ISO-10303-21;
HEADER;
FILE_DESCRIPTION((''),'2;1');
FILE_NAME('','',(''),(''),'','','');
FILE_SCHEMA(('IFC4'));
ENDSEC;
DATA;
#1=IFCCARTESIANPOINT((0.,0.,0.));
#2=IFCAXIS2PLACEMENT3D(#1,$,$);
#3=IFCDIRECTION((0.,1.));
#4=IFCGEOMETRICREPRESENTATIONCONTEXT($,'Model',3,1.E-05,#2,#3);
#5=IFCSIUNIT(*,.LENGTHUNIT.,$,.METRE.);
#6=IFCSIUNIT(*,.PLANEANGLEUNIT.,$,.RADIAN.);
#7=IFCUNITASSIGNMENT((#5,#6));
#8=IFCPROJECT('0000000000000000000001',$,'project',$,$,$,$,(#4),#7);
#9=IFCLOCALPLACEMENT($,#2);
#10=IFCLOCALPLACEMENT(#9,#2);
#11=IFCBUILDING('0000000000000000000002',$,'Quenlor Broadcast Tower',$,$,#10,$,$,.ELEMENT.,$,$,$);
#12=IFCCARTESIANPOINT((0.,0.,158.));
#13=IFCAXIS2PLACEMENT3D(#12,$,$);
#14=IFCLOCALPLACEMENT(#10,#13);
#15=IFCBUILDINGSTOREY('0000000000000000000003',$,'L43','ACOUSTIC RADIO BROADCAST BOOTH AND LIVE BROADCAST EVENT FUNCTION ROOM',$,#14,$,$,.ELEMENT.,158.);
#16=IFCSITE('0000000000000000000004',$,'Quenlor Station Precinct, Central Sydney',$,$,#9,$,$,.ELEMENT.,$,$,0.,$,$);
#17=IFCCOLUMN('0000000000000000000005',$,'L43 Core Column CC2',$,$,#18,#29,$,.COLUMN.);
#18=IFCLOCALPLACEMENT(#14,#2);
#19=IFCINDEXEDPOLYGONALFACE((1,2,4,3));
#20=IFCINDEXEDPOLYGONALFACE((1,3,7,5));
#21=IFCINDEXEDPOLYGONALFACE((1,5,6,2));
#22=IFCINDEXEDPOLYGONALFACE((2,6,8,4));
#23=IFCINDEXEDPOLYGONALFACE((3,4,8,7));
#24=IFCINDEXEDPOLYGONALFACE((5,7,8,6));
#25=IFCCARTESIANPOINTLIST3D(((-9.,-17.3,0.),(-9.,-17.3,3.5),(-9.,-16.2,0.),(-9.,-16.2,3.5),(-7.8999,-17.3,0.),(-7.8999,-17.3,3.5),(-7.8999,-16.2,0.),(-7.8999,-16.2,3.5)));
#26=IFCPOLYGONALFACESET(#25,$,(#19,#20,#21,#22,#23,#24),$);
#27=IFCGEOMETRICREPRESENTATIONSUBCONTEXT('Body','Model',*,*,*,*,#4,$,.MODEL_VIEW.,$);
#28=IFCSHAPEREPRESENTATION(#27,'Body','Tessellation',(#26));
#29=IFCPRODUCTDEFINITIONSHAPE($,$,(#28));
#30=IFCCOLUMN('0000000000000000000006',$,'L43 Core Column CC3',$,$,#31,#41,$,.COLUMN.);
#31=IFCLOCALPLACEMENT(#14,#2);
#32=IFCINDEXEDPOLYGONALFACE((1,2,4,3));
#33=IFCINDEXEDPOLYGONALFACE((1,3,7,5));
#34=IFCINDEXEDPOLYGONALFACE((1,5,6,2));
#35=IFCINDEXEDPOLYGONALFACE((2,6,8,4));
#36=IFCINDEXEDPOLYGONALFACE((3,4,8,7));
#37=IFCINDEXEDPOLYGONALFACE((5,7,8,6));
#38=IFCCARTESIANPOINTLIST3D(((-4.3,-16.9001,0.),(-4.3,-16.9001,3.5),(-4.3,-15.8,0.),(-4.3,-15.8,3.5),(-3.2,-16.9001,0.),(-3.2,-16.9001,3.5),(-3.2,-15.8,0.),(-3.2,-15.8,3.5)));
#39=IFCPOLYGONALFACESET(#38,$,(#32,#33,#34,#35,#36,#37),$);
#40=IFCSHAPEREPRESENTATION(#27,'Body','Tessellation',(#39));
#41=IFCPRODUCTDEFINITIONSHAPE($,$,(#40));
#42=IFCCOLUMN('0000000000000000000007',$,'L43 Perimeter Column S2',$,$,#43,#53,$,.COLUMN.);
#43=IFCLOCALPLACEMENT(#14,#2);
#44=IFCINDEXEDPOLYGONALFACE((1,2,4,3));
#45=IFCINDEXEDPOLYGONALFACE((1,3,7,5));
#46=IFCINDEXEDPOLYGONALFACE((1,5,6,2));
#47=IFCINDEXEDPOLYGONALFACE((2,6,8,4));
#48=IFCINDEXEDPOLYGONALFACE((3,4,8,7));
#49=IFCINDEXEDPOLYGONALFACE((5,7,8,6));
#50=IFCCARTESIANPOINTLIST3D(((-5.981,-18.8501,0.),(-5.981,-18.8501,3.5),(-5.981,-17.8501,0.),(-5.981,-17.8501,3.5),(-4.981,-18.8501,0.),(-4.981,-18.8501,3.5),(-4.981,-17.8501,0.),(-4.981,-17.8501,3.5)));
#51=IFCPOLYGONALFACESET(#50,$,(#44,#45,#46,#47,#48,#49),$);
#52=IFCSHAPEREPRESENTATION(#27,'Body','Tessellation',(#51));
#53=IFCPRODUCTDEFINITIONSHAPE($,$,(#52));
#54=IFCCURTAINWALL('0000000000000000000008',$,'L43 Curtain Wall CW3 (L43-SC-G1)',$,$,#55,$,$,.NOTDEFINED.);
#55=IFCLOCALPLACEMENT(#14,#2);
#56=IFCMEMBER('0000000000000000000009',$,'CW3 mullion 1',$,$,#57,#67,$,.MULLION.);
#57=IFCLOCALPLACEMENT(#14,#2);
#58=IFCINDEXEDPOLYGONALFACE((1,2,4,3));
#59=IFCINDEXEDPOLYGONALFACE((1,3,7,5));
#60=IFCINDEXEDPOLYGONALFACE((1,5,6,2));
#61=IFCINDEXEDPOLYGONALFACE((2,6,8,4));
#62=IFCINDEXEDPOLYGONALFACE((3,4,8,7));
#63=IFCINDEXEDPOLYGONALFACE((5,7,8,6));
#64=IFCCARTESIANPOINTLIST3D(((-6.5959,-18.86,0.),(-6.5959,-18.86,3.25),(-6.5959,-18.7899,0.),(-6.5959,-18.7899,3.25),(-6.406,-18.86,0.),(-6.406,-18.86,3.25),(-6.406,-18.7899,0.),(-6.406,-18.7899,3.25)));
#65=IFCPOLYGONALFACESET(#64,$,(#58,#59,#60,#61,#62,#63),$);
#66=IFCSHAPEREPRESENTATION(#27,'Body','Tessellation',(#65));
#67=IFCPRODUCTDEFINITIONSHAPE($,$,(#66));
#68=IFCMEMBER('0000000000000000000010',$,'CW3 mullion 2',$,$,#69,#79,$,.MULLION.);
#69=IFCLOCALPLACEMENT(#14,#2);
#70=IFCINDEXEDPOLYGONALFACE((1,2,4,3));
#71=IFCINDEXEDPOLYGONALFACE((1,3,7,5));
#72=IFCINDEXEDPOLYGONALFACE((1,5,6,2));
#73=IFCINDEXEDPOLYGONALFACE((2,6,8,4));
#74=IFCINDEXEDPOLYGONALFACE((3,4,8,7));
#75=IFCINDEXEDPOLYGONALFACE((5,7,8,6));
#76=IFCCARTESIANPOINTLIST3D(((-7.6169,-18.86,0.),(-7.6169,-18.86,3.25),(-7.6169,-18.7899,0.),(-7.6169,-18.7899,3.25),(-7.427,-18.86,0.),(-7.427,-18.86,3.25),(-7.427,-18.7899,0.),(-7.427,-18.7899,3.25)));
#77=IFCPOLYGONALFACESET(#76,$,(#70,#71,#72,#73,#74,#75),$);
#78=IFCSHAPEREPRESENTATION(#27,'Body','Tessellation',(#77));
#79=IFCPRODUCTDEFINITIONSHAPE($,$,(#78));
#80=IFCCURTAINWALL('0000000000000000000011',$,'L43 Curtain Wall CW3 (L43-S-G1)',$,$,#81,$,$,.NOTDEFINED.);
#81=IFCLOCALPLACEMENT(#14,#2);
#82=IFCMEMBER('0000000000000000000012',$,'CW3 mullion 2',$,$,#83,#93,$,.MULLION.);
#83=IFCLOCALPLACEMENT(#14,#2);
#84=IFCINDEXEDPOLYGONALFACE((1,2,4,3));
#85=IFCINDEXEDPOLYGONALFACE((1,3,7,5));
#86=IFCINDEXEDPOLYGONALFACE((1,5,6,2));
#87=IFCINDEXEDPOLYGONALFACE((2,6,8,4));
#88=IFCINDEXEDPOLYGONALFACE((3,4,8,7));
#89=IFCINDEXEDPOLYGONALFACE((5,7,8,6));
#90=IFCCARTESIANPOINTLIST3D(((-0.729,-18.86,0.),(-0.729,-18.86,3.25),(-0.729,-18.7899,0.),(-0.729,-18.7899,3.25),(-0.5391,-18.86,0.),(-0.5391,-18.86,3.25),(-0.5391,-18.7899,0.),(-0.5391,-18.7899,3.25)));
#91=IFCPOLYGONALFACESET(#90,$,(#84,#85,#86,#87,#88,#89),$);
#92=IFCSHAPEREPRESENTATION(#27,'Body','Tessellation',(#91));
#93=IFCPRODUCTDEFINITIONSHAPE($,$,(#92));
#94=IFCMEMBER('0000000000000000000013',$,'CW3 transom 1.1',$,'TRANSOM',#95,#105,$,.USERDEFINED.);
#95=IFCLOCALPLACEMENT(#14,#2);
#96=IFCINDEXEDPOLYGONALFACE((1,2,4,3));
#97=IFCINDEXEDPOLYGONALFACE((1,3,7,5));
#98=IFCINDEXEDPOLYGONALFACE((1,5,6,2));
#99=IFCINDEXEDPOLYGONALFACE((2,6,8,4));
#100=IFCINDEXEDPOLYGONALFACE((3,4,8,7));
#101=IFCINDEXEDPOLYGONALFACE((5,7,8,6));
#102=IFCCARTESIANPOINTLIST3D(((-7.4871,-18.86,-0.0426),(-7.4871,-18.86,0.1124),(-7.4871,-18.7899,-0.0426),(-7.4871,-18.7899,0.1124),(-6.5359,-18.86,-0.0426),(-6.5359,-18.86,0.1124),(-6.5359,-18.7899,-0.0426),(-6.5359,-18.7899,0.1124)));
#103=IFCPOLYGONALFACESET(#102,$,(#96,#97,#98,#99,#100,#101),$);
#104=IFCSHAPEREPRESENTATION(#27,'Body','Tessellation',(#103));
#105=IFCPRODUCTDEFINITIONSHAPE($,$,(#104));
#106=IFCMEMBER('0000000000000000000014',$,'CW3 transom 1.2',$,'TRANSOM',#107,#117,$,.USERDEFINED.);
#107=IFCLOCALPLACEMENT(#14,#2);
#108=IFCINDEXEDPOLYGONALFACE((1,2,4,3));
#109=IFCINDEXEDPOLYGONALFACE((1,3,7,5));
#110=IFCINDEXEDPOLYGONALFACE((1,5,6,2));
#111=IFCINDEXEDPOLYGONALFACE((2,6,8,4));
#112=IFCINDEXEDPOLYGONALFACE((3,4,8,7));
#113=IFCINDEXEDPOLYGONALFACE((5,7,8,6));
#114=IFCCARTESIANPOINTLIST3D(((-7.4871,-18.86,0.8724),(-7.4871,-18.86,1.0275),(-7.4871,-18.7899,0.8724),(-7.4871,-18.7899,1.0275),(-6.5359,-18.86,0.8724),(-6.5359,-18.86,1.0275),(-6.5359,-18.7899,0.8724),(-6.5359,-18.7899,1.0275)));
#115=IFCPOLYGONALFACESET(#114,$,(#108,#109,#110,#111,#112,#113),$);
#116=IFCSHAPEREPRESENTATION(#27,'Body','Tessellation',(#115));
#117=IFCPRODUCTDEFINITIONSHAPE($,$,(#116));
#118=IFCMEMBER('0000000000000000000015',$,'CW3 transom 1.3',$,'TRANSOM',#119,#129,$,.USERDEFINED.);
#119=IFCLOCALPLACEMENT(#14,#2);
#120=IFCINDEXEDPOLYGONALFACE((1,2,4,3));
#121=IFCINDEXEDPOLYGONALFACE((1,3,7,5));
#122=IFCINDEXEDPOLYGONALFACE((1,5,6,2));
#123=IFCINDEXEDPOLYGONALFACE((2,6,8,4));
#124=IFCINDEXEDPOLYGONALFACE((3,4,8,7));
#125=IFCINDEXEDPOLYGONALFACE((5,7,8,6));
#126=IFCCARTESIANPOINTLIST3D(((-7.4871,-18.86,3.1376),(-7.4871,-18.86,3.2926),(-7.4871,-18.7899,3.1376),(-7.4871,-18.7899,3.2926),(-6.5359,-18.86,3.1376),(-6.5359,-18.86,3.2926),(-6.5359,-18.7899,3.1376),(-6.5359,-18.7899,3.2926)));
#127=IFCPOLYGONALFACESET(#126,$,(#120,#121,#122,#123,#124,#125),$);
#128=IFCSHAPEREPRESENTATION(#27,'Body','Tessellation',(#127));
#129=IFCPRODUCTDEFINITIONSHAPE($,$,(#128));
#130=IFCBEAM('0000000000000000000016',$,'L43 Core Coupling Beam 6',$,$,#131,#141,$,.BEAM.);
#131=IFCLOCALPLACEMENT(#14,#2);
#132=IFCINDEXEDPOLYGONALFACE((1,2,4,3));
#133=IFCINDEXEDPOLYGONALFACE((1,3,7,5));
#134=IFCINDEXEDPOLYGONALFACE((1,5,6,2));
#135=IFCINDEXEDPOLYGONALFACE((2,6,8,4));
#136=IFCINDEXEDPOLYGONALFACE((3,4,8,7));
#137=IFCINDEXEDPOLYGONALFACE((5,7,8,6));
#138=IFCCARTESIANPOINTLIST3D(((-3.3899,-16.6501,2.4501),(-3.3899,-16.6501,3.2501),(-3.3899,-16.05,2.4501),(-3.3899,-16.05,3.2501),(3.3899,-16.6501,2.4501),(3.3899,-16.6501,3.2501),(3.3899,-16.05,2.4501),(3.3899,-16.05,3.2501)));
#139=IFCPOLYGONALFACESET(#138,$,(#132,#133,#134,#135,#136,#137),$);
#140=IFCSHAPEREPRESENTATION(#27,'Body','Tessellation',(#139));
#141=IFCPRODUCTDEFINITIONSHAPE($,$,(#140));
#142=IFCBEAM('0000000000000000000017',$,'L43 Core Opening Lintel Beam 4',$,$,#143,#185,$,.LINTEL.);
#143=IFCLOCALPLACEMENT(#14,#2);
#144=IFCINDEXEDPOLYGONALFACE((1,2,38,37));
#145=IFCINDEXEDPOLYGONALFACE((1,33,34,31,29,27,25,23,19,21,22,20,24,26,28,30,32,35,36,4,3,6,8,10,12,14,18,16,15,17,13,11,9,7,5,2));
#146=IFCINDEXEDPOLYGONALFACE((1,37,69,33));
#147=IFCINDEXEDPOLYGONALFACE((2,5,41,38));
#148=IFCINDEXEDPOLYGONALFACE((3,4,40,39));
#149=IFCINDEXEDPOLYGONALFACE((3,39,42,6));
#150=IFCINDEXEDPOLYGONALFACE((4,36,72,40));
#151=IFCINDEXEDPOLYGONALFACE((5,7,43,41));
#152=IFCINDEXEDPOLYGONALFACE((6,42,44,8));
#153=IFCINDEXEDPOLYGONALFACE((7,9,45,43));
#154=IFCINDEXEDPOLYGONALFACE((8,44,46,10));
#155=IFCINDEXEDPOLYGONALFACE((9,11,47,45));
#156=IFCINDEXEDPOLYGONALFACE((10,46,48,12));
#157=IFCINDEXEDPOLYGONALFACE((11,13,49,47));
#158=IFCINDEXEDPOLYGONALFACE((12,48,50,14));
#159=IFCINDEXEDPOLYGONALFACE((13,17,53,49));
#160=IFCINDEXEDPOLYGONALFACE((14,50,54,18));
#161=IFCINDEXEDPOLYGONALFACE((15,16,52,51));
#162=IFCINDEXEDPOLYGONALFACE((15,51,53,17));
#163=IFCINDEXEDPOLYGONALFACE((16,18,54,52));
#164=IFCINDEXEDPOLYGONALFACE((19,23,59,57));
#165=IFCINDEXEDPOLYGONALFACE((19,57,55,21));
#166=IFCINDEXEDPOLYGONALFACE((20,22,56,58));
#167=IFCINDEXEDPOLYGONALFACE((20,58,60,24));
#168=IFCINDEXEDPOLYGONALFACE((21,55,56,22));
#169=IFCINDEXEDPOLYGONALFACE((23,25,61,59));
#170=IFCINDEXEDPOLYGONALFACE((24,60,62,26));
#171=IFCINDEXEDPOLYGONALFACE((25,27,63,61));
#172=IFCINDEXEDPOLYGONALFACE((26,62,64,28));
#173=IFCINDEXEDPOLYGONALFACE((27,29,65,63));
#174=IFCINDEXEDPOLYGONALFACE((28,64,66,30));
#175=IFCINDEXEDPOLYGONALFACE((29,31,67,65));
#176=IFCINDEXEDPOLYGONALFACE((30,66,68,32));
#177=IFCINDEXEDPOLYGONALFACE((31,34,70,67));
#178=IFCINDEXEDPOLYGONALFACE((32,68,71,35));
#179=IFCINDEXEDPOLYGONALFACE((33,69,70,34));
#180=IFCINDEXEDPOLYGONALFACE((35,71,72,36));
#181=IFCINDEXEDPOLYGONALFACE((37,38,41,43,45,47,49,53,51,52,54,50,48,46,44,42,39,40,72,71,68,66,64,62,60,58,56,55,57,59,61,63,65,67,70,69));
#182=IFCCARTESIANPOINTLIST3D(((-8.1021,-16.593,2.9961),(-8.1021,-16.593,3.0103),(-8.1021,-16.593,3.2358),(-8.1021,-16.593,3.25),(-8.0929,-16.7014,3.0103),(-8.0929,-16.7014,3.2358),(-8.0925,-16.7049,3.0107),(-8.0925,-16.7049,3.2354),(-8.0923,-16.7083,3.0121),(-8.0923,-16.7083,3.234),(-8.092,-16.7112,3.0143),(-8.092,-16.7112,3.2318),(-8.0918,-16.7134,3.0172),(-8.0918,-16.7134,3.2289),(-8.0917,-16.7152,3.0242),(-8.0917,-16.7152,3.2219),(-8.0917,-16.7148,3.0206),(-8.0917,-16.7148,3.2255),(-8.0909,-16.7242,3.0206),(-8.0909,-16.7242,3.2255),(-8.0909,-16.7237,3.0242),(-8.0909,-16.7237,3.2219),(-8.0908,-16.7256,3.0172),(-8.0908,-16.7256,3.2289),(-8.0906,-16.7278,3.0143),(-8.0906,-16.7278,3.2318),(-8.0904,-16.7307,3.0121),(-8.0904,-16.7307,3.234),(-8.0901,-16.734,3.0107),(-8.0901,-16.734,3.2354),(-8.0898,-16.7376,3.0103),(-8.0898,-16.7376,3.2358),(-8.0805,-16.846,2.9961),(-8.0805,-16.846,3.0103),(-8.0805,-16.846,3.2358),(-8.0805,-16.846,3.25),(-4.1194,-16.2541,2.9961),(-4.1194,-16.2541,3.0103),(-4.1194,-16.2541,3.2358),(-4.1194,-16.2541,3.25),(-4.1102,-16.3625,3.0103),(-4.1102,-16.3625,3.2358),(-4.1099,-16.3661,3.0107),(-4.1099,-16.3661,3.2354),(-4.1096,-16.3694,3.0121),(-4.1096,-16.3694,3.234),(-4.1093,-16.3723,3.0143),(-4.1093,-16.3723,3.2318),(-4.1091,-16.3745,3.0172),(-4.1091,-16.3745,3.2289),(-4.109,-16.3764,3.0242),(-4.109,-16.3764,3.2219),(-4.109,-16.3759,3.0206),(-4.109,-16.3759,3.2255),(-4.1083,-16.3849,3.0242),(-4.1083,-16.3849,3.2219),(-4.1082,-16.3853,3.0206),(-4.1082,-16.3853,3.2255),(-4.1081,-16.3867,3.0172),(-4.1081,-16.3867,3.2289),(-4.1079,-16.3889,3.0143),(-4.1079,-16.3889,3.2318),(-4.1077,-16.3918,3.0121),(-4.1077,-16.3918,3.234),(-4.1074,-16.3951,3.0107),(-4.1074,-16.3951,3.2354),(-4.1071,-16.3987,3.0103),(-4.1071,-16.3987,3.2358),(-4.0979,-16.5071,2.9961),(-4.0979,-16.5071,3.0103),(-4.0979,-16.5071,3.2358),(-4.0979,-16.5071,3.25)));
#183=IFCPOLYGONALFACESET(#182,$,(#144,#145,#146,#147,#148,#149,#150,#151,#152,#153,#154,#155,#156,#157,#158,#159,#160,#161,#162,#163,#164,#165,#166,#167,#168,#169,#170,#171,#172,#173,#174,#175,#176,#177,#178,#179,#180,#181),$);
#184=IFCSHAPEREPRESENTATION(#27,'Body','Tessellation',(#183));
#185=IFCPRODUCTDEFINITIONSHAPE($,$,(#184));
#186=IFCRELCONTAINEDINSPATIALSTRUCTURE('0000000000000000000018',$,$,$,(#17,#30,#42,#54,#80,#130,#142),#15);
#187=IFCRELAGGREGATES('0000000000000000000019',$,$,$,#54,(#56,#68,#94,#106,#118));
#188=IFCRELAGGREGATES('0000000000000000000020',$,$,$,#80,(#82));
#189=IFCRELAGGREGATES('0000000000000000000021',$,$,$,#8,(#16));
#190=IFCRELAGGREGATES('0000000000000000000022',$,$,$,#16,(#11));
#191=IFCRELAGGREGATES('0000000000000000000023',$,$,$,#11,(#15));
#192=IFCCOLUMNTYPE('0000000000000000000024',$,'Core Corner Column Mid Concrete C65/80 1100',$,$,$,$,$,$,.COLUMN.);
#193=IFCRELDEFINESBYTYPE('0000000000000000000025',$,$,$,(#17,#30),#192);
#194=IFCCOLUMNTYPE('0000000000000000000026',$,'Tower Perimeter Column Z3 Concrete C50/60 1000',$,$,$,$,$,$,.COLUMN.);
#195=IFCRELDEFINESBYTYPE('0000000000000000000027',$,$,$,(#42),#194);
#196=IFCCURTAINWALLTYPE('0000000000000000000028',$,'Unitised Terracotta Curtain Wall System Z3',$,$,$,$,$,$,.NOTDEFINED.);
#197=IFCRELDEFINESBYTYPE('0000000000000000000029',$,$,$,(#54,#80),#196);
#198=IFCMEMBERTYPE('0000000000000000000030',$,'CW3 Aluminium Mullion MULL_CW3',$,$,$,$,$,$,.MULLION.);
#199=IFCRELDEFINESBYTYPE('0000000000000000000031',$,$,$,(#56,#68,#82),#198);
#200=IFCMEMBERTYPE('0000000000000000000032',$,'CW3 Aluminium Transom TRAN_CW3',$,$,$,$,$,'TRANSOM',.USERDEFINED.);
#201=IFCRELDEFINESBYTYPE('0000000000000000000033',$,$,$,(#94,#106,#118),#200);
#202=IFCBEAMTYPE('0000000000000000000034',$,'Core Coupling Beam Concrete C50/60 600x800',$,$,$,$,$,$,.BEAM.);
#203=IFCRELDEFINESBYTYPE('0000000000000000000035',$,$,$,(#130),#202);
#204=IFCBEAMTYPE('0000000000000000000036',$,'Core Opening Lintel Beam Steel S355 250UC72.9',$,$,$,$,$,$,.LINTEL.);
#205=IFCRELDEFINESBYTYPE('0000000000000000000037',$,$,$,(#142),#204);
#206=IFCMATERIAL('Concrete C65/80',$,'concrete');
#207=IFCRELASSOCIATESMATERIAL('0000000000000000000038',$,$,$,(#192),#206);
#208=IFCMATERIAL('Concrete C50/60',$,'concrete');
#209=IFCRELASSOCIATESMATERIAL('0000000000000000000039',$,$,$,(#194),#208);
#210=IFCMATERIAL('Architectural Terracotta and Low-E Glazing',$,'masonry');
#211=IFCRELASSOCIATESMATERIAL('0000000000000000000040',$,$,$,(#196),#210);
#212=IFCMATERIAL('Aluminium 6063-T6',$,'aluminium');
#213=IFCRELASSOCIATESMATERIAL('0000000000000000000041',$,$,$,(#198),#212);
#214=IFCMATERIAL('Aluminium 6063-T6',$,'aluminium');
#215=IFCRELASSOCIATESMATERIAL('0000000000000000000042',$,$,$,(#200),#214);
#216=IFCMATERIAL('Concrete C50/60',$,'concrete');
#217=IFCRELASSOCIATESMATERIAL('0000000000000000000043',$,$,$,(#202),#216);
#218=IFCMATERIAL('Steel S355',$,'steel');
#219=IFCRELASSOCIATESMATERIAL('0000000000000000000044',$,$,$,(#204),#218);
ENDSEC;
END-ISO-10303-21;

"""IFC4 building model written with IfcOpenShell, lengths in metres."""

from ifc_helpers import new_model, si_unit, direction, frame, origin, origin_2d, place, context, subcontext, project, spatial, rectangle, i_section, extrude, material, material_profile, profile_set, type_object, element, aggregate, save


model = new_model("IFC4")

# Units and contexts
model_context = context("Model", 3, precision=1e-05, world=origin(), true_north=direction((0.0, 1.0)))
body_context = subcontext(model_context, "Body", "Model", "MODEL_VIEW")
ifc_project = project(units=[si_unit("LENGTHUNIT", "METRE"), si_unit("PLANEANGLEUNIT", "RADIAN")], contexts=[model_context])

# Site, building, storey
site_placement = place(None, origin())
site = spatial("IfcSite", under=ifc_project, at=site_placement, Name="Quenlor Station Precinct, Central Sydney", CompositionType="ELEMENT", RefElevation=0.0)
building_placement = place(site_placement, origin())
building = spatial("IfcBuilding", under=site, at=building_placement, Name="Quenlor Broadcast Tower", CompositionType="ELEMENT")
storey_placement = place(building_placement, frame((0.0, 0.0, 158.0)))
storey = spatial("IfcBuildingStorey", under=building, at=storey_placement, Name="L43", Description="ACOUSTIC RADIO BROADCAST BOOTH AND LIVE BROADCAST EVENT FUNCTION ROOM", CompositionType="ELEMENT", Elevation=158.0)

# Columns
ifc_material_1 = material(Name="Concrete C65/80", Category="concrete")
ifc_material_profile_1 = material_profile(ifc_material_1, rectangle(XDim=1.1001, YDim=1.1001, at=origin_2d()))
ifc_profile_set_1 = profile_set([ifc_material_profile_1], Name="Concrete C65/80 RC1100x1100")
column_type_1 = type_object("IfcColumnType", Name="Core Corner Column Mid Concrete C65/80 1100", PredefinedType="COLUMN", material=ifc_profile_set_1)
for number, where, z_axis, x_axis, name in (
    (1, (-8.45, -16.75, 0.0), (0.0, 0.0, 1.0), (1.0, 0.0, 0.0), "L43 Core Column CC2"),
    (2, (-3.75, -16.3501, 0.0), (0.0, 0.0, 1.0), (1.0, 0.0, 0.0), "L43 Core Column CC3"),
):
    element("IfcColumn", number, at=place(storey_placement, frame(where, z_axis=z_axis, x_axis=x_axis)), inside=storey, type_object=column_type_1, Name=name, PredefinedType="COLUMN", context=body_context, shape_type="SweptSolid", body=[
        extrude(rectangle(XDim=1.1001, YDim=1.1001, at=origin_2d()), origin(), (0.0, 0.0, 1.0), 3.5),
    ])
ifc_material_2 = material(Name="Concrete C50/60", Category="concrete")
ifc_material_profile_2 = material_profile(ifc_material_2, rectangle(XDim=1.0, YDim=1.0, at=origin_2d()))
ifc_profile_set_2 = profile_set([ifc_material_profile_2], Name="Concrete C50/60 RC1000x1000")
column_type_2 = type_object("IfcColumnType", Name="Tower Perimeter Column Z3 Concrete C50/60 1000", PredefinedType="COLUMN", material=ifc_profile_set_2)
column_placement = place(storey_placement, frame((-5.481, -18.3501, 0.0), z_axis=(0.0, 0.0, 1.0), x_axis=(0.0, 1.0, 0.0)))
element("IfcColumn", 3, at=column_placement, inside=storey, type_object=column_type_2, Name="L43 Perimeter Column S2", PredefinedType="COLUMN", context=body_context, shape_type="SweptSolid", body=[
    extrude(rectangle(XDim=1.0, YDim=1.0, at=origin_2d()), origin(), (0.0, 0.0, 1.0), 3.5),
])

# Curtain wall, members
ifc_material_3 = material(Name="Architectural Terracotta and Low-E Glazing", Category="masonry")
curtain_wall_type = type_object("IfcCurtainWallType", Name="Unitised Terracotta Curtain Wall System Z3", PredefinedType="NOTDEFINED", material=ifc_material_3)
curtain_wall_1_placement = place(storey_placement, origin())
curtain_wall_1 = element("IfcCurtainWall", 4, at=curtain_wall_1_placement, inside=storey, type_object=curtain_wall_type, Name="L43 Curtain Wall CW3 (L43-SC-G1)", PredefinedType="NOTDEFINED")
ifc_material_4 = material(Name="Aluminium 6063-T6", Category="aluminium")
ifc_material_profile_3 = material_profile(ifc_material_4, rectangle(XDim=0.0701, YDim=0.1899, at=origin_2d()))
ifc_profile_set_3 = profile_set([ifc_material_profile_3], Name="Aluminium 6063-T6 MULL70x190")
member_type_1 = type_object("IfcMemberType", Name="CW3 Aluminium Mullion MULL_CW3", PredefinedType="MULLION", material=ifc_profile_set_3)
member_1_placement = place(storey_placement, frame((-6.501, -18.825, 0.0), z_axis=(0.0, 0.0, 1.0), x_axis=(0.0, -1.0, 0.0)))
member_1 = element("IfcMember", 5, at=member_1_placement, type_object=member_type_1, Name="CW3 mullion 1", PredefinedType="MULLION", context=body_context, shape_type="SweptSolid", body=[
    extrude(rectangle(XDim=0.0701, YDim=0.1899, at=origin_2d()), origin(), (0.0, 0.0, 1.0), 3.25),
])
member_2_placement = place(storey_placement, frame((-7.522, -18.825, 0.0), z_axis=(0.0, 0.0, 1.0), x_axis=(0.0, -1.0, 0.0)))
member_2 = element("IfcMember", 6, at=member_2_placement, type_object=member_type_1, Name="CW3 mullion 2", PredefinedType="MULLION", context=body_context, shape_type="SweptSolid", body=[
    extrude(rectangle(XDim=0.0701, YDim=0.1899, at=origin_2d()), origin(), (0.0, 0.0, 1.0), 3.25),
])

# Curtain wall, member
curtain_wall_2_placement = place(storey_placement, origin())
curtain_wall_2 = element("IfcCurtainWall", 7, at=curtain_wall_2_placement, inside=storey, type_object=curtain_wall_type, Name="L43 Curtain Wall CW3 (L43-S-G1)", PredefinedType="NOTDEFINED")
member_3_placement = place(storey_placement, frame((-0.634, -18.825, 0.0), z_axis=(0.0, 0.0, 1.0), x_axis=(0.0, -1.0, 0.0)))
member_3 = element("IfcMember", 8, at=member_3_placement, type_object=member_type_1, Name="CW3 mullion 2", PredefinedType="MULLION", context=body_context, shape_type="SweptSolid", body=[
    extrude(rectangle(XDim=0.0701, YDim=0.1899, at=origin_2d()), origin(), (0.0, 0.0, 1.0), 3.25),
])

# Members
ifc_material_5 = material(Name="Aluminium 6063-T6", Category="aluminium")
ifc_material_profile_4 = material_profile(ifc_material_5, rectangle(XDim=0.0701, YDim=0.155, at=origin_2d()))
ifc_profile_set_4 = profile_set([ifc_material_profile_4], Name="Aluminium 6063-T6 TRAN70x155")
member_type_2 = type_object("IfcMemberType", Name="CW3 Aluminium Transom TRAN_CW3", ElementType="TRANSOM", PredefinedType="USERDEFINED", material=ifc_profile_set_4)
member_4_placement = place(storey_placement, frame((-6.5359, -18.825, 0.0349), z_axis=(-1.0, 0.0, 0.0), x_axis=(0.0, -1.0, 0.0)))
member_4 = element("IfcMember", 9, at=member_4_placement, type_object=member_type_2, Name="CW3 transom 1.1", ObjectType="TRANSOM", PredefinedType="USERDEFINED", context=body_context, shape_type="SweptSolid", body=[
    extrude(rectangle(XDim=0.0701, YDim=0.155, at=origin_2d()), origin(), (0.0, 0.0, 1.0), 0.9512),
])
member_5_placement = place(storey_placement, frame((-6.5359, -18.825, 0.95), z_axis=(-1.0, 0.0, 0.0), x_axis=(0.0, -1.0, 0.0)))
member_5 = element("IfcMember", 10, at=member_5_placement, type_object=member_type_2, Name="CW3 transom 1.2", ObjectType="TRANSOM", PredefinedType="USERDEFINED", context=body_context, shape_type="SweptSolid", body=[
    extrude(rectangle(XDim=0.0701, YDim=0.155, at=origin_2d()), origin(), (0.0, 0.0, 1.0), 0.9512),
])
member_6_placement = place(storey_placement, frame((-6.5359, -18.825, 3.2151), z_axis=(-1.0, 0.0, 0.0), x_axis=(0.0, -1.0, 0.0)))
member_6 = element("IfcMember", 11, at=member_6_placement, type_object=member_type_2, Name="CW3 transom 1.3", ObjectType="TRANSOM", PredefinedType="USERDEFINED", context=body_context, shape_type="SweptSolid", body=[
    extrude(rectangle(XDim=0.0701, YDim=0.155, at=origin_2d()), origin(), (0.0, 0.0, 1.0), 0.9512),
])

# Beams
ifc_material_6 = material(Name="Concrete C50/60", Category="concrete")
ifc_material_profile_5 = material_profile(ifc_material_6, rectangle(XDim=0.6001, YDim=0.8, at=origin_2d()))
ifc_profile_set_5 = profile_set([ifc_material_profile_5], Name="Concrete C50/60 RCB600x800")
beam_type_1 = type_object("IfcBeamType", Name="Core Coupling Beam Concrete C50/60 600x800", PredefinedType="BEAM", material=ifc_profile_set_5)
beam_1_placement = place(storey_placement, frame((-3.3899, -16.3501, 2.8501), z_axis=(1.0, 0.0, 0.0), x_axis=(0.0, 1.0, 0.0)))
element("IfcBeam", 12, at=beam_1_placement, inside=storey, type_object=beam_type_1, Name="L43 Core Coupling Beam 6", PredefinedType="BEAM", context=body_context, shape_type="SweptSolid", body=[
    extrude(rectangle(XDim=0.6001, YDim=0.8, at=origin_2d()), origin(), (0.0, 0.0, 1.0), 6.7798),
])
ifc_material_7 = material(Name="Steel S355", Category="steel")
ifc_material_profile_6 = material_profile(ifc_material_7, i_section(OverallWidth=0.2539, OverallDepth=0.2539, WebThickness=0.0085, FlangeThickness=0.0142, FilletRadius=0.0139, at=origin_2d()))
ifc_profile_set_6 = profile_set([ifc_material_profile_6], Name="Steel S355 250UC72.9")
beam_type_2 = type_object("IfcBeamType", Name="Core Opening Lintel Beam Steel S355 250UC72.9", PredefinedType="LINTEL", material=ifc_profile_set_6)
beam_2_placement = place(storey_placement, frame((-8.0913, -16.7195, 3.123), z_axis=(0.9964, 0.084779, 0.0), x_axis=(-0.084779, 0.9964, 0.0)))
element("IfcBeam", 13, at=beam_2_placement, inside=storey, type_object=beam_type_2, Name="L43 Core Opening Lintel Beam 4", PredefinedType="LINTEL", context=body_context, shape_type="SweptSolid", body=[
    extrude(i_section(OverallWidth=0.2539, OverallDepth=0.2539, WebThickness=0.0085, FlangeThickness=0.0142, FilletRadius=0.0139, at=origin_2d()), origin(), (0.0, 0.0, 1.0), 3.9971),
])

aggregate(curtain_wall_1, [member_1, member_2, member_4, member_5, member_6])
aggregate(curtain_wall_2, [member_3])

save(model, "model.ifc")
